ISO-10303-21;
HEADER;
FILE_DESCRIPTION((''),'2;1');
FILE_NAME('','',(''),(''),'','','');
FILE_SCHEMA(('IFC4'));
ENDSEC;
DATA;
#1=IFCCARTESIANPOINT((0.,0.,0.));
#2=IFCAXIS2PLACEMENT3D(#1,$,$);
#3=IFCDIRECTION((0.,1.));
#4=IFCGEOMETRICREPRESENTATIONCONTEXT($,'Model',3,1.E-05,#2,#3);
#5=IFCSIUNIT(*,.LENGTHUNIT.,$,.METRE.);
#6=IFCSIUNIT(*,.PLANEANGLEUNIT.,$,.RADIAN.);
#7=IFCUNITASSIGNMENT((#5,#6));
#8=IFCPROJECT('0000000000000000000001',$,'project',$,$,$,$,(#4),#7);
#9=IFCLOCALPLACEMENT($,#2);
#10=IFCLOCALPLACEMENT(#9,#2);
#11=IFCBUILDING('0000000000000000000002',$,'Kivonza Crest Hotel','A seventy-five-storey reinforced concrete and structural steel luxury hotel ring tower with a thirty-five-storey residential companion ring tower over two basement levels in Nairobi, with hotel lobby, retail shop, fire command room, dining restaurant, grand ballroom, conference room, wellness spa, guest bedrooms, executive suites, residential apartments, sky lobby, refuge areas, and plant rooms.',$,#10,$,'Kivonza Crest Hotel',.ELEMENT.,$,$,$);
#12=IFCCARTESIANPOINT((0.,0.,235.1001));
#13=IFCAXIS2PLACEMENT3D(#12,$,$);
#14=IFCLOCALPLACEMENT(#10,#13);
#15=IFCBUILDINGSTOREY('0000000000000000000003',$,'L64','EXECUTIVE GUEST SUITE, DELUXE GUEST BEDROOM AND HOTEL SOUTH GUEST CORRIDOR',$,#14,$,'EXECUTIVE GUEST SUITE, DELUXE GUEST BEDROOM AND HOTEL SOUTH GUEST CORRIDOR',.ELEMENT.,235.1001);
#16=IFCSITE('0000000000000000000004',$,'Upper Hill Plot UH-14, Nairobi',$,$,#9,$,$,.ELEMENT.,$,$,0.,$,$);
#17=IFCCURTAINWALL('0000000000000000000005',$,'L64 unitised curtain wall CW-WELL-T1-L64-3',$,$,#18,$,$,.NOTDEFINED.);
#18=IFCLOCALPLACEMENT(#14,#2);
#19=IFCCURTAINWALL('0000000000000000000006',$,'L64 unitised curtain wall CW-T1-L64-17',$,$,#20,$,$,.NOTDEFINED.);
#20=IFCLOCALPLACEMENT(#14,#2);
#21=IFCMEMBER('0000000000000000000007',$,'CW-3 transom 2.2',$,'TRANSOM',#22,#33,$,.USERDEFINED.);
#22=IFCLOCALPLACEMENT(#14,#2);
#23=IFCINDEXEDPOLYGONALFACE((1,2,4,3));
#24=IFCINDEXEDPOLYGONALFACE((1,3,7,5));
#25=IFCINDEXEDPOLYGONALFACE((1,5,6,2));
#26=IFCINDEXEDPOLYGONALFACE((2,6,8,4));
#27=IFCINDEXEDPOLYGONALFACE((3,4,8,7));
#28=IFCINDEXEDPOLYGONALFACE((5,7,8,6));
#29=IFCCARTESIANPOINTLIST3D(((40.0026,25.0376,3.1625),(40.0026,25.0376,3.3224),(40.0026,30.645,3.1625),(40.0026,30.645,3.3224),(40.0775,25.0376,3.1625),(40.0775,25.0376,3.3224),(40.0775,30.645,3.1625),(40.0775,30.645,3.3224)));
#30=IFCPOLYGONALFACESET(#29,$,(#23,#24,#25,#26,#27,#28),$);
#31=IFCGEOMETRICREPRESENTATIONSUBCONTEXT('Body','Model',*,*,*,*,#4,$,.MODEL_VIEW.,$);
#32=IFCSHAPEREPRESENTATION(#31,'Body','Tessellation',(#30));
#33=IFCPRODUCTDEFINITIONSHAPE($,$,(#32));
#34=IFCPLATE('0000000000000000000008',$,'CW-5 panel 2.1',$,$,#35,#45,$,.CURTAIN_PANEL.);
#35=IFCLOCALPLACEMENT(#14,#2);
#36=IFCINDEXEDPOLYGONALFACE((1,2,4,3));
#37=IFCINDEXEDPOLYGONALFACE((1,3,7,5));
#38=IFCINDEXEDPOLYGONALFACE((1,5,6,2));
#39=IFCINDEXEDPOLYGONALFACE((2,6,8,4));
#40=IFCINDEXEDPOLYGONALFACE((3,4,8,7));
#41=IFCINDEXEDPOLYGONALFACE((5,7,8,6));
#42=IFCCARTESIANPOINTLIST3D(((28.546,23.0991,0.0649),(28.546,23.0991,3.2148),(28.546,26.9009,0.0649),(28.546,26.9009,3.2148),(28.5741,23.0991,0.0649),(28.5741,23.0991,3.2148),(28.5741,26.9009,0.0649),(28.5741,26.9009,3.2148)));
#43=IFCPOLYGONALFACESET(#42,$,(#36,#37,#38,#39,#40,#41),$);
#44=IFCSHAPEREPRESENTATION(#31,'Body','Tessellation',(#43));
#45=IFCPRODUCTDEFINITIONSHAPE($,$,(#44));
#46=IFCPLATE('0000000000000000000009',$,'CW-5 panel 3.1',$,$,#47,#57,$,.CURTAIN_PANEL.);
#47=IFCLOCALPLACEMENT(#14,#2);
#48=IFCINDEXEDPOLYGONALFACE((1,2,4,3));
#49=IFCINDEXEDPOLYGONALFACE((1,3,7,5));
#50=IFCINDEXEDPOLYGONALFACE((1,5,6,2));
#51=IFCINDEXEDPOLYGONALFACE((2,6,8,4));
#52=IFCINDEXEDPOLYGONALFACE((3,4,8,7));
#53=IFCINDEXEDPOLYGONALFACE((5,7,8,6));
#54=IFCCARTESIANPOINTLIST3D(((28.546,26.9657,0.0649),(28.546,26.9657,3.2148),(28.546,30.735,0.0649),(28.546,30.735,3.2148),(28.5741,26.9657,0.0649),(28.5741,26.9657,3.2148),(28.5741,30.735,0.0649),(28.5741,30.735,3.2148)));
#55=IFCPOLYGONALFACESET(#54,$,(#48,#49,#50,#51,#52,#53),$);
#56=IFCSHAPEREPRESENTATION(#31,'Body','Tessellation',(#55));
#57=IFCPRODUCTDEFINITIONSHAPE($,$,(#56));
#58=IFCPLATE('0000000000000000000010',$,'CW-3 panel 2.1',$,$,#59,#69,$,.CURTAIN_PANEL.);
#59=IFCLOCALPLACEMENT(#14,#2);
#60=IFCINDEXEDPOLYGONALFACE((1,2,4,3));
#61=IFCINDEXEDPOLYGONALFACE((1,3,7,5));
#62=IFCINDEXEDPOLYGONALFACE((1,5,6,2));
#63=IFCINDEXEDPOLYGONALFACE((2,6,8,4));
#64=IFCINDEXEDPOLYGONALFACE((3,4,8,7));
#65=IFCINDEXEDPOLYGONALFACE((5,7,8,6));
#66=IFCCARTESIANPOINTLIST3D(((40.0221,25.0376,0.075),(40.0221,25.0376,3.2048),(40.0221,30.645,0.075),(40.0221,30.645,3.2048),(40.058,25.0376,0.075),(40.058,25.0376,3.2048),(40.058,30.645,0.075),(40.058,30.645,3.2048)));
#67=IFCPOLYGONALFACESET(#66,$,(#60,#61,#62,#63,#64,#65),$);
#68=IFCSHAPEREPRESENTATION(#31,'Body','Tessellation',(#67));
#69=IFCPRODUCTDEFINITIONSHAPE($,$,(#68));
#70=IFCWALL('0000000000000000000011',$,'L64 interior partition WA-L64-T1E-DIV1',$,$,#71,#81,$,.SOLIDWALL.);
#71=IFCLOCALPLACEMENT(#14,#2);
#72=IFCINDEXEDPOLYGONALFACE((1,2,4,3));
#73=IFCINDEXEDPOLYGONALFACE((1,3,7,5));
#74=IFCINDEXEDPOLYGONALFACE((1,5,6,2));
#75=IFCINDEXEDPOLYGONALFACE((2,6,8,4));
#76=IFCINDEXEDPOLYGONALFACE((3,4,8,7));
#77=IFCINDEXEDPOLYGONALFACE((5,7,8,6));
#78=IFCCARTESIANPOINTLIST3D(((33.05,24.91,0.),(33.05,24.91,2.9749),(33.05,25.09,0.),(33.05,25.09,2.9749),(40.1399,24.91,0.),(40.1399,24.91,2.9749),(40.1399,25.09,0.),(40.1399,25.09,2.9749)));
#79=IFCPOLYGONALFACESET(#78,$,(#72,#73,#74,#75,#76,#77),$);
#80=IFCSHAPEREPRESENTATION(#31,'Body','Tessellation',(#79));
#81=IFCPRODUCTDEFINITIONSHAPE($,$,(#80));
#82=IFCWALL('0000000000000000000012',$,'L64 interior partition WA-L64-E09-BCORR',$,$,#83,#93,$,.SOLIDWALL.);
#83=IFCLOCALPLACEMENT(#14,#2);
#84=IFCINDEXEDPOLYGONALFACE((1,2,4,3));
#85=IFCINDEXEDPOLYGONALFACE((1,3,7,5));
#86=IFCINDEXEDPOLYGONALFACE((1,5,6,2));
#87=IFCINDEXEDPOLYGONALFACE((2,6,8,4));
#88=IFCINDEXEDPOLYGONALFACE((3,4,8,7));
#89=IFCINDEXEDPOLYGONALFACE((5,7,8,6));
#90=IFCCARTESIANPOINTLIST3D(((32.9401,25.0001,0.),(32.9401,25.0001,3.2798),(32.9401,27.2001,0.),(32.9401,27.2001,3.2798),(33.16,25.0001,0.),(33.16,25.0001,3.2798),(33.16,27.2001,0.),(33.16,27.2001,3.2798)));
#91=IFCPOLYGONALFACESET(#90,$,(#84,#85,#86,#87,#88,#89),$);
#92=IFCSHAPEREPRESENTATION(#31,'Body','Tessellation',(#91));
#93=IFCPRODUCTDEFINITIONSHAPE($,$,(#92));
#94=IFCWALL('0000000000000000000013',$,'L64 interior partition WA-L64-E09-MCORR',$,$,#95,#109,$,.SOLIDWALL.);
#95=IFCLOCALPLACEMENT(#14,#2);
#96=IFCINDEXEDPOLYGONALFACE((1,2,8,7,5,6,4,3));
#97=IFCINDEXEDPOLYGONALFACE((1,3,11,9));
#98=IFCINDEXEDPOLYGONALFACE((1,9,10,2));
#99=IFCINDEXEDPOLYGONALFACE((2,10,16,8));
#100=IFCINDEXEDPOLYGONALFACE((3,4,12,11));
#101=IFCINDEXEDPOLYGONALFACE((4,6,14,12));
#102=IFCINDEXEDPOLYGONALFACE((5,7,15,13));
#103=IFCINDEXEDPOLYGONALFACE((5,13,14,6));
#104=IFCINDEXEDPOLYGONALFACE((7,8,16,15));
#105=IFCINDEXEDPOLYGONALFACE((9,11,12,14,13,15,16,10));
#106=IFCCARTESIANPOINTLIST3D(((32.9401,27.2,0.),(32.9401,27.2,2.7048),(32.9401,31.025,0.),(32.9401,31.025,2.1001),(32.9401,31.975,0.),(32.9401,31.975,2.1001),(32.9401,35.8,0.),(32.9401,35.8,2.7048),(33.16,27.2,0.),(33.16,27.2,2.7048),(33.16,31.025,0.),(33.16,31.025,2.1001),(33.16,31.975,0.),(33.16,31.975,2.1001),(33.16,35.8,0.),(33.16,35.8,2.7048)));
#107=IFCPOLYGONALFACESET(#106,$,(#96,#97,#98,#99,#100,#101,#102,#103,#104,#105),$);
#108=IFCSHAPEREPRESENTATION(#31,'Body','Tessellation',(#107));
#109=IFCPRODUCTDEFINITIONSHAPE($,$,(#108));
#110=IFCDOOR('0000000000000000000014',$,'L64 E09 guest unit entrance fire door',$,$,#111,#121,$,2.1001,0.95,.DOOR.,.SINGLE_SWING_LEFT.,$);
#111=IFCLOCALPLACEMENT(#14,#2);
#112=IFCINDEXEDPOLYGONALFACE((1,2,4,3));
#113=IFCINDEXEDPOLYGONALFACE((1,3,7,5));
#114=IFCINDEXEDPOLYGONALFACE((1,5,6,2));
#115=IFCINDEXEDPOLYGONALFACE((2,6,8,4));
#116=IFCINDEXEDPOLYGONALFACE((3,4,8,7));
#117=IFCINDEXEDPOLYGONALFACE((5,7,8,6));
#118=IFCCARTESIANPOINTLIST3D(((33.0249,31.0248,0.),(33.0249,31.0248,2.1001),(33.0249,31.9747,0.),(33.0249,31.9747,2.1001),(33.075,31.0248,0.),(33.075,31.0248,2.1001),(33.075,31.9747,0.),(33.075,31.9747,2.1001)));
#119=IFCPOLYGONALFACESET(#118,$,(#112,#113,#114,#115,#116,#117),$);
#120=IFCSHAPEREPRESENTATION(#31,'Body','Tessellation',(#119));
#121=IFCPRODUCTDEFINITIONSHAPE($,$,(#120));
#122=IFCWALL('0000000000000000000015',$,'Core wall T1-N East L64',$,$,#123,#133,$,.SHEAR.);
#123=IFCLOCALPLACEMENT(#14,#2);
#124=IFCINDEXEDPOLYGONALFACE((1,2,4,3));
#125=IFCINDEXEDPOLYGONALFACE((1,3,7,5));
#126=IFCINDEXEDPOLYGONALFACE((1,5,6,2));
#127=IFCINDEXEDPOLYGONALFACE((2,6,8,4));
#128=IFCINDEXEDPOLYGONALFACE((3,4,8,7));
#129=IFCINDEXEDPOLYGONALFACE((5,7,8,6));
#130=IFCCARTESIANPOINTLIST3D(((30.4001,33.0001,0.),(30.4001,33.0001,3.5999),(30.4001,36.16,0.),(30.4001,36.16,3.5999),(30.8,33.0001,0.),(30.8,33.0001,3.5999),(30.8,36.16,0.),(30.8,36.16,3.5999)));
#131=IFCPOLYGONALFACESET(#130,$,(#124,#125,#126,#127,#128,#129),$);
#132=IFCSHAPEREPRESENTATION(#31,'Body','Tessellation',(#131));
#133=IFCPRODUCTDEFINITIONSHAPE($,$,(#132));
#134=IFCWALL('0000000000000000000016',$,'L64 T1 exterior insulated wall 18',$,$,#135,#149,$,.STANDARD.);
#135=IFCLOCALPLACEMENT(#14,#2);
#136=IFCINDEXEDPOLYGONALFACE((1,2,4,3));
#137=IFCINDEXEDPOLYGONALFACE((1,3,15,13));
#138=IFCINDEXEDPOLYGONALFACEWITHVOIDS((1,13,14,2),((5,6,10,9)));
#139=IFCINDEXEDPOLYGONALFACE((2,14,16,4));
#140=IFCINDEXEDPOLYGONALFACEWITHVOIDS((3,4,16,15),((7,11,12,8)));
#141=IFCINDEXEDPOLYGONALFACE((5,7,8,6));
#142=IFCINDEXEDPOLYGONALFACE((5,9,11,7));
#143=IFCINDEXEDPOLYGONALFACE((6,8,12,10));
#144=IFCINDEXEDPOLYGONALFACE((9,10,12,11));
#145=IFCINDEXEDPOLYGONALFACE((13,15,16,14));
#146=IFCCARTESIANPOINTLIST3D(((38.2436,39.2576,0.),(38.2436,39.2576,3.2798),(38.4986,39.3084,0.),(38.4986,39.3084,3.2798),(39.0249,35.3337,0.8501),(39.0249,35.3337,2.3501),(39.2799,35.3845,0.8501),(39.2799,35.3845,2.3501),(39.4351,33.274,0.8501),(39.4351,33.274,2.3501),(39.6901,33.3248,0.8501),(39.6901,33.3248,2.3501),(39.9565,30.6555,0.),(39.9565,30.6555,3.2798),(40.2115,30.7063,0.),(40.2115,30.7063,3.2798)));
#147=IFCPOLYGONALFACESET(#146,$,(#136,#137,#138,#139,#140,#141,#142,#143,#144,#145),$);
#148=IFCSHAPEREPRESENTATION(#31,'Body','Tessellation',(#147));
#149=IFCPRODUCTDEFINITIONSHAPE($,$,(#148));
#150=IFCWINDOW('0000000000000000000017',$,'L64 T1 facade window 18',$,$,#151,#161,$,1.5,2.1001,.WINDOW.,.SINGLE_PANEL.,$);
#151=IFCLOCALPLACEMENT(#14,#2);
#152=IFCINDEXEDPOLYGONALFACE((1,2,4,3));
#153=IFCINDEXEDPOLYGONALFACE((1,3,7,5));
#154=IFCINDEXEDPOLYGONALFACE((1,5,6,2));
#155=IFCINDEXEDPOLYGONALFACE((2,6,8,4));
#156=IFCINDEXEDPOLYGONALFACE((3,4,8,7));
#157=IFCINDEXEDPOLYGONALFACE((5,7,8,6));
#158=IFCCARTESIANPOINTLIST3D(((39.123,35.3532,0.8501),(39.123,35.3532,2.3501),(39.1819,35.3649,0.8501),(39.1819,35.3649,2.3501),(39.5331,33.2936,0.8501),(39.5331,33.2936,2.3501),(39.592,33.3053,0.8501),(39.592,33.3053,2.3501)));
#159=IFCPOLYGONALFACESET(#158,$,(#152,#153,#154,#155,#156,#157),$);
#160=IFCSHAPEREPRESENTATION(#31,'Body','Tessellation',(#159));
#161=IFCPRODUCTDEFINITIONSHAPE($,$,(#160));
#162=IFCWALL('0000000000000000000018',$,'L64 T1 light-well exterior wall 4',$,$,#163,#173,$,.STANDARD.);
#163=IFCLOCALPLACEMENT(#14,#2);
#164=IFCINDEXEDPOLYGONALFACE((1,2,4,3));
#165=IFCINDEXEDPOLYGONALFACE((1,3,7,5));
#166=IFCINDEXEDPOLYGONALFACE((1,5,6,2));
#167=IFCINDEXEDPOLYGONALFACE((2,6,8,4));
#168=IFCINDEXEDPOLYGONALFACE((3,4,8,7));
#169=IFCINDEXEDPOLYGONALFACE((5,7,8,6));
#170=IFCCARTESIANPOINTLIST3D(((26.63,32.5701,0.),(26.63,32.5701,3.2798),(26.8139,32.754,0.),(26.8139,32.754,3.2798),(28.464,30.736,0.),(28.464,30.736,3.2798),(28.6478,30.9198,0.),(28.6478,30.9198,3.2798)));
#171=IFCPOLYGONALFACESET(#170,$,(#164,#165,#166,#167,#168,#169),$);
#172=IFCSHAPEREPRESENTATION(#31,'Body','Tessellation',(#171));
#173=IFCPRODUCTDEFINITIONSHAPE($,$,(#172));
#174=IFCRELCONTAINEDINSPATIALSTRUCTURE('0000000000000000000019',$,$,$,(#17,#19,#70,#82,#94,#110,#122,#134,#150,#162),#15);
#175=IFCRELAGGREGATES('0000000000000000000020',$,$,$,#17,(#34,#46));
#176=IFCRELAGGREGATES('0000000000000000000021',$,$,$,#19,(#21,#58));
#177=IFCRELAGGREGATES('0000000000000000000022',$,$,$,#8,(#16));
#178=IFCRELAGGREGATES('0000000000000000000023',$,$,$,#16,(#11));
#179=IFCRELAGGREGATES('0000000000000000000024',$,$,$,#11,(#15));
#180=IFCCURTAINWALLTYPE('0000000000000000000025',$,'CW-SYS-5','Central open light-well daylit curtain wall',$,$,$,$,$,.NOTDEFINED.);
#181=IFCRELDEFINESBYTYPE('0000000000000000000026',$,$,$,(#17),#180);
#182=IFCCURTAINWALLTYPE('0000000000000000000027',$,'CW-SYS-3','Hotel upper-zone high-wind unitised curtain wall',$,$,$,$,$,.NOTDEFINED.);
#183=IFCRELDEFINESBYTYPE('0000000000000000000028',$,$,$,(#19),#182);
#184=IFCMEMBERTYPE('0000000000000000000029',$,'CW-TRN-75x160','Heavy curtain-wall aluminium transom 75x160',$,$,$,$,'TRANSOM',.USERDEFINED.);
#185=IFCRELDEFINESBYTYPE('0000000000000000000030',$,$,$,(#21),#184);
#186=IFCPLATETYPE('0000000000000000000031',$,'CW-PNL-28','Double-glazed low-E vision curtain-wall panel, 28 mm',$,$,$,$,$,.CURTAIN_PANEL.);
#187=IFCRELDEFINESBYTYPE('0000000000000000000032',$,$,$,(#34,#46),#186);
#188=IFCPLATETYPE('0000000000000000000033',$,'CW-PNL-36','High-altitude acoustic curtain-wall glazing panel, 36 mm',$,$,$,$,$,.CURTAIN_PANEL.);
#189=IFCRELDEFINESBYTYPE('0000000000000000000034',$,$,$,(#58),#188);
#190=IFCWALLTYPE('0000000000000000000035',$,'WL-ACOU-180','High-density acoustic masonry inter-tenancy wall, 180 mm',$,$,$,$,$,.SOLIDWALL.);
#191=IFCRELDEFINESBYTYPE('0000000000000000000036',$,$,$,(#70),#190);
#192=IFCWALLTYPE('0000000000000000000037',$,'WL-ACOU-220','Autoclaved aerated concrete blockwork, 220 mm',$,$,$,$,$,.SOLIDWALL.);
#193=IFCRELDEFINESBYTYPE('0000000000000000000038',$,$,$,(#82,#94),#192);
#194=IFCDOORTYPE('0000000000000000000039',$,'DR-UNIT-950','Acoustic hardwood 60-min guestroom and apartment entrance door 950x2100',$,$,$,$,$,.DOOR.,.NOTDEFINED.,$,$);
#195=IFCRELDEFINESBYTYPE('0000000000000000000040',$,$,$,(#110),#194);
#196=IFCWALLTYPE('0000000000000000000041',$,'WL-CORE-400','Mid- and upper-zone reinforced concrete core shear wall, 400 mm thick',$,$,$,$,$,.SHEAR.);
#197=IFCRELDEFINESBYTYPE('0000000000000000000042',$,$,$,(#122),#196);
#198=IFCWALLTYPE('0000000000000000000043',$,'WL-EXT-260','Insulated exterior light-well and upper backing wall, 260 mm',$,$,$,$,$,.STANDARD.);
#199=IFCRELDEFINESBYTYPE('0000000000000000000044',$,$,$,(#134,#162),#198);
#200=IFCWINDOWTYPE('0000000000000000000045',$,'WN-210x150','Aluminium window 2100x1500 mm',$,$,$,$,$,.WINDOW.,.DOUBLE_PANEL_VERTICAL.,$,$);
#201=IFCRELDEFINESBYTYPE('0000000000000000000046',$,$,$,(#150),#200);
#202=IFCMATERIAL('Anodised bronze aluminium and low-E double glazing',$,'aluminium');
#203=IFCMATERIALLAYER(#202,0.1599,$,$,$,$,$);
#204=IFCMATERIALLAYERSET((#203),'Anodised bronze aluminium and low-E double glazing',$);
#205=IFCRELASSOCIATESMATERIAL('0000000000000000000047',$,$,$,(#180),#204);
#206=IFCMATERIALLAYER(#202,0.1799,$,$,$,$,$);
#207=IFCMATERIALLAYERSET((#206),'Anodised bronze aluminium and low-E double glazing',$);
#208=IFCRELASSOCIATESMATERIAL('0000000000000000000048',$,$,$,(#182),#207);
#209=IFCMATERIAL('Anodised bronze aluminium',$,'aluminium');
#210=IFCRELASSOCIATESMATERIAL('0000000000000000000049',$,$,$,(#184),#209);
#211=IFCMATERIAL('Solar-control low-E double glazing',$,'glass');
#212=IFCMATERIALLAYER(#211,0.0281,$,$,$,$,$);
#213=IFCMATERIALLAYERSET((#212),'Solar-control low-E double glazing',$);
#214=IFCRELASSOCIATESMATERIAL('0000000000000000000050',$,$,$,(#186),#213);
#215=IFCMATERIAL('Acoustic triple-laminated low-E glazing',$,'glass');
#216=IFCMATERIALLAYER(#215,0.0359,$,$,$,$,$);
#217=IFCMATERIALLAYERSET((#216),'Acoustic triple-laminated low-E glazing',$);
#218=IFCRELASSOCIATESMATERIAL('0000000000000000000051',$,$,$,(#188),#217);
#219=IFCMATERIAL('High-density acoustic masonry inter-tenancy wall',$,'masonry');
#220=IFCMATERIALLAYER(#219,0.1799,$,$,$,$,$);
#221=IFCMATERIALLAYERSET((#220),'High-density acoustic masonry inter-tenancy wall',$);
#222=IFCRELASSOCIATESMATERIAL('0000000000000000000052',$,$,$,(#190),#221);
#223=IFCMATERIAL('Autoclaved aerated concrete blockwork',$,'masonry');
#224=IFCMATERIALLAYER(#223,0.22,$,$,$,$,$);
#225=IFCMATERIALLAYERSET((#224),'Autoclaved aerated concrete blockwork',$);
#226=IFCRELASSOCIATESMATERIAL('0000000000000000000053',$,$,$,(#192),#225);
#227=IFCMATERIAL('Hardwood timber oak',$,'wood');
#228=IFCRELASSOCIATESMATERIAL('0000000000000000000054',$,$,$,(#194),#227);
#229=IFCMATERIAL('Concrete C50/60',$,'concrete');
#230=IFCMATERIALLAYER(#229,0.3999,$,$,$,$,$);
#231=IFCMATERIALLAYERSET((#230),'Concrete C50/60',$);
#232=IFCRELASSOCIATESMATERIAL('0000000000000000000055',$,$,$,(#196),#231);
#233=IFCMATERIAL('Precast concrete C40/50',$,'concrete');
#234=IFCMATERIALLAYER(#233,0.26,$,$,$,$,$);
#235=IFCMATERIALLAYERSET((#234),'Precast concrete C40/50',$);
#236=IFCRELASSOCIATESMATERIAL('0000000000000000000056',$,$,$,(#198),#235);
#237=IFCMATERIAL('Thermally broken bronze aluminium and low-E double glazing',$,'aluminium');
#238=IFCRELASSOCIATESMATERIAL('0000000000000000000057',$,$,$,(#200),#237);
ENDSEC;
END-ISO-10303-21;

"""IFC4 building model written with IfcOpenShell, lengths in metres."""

from ifc_helpers import new_model, si_unit, direction, frame, frame_2d, origin, origin_2d, place, context, subcontext, project, spatial, rectangle, extrude, material, layer, layer_set, material_profile, profile_set, type_object, element, fill, aggregate, save


model = new_model("IFC4")

# Units and contexts
model_context = context("Model", 3, precision=1e-05, world=origin(), true_north=direction((0.0, 1.0)))
body_context = subcontext(model_context, "Body", "Model", "MODEL_VIEW")
ifc_project = project(units=[si_unit("LENGTHUNIT", "METRE"), si_unit("PLANEANGLEUNIT", "RADIAN")], contexts=[model_context])

# Site, building, storey
site_placement = place(None, origin())
site = spatial("IfcSite", under=ifc_project, at=site_placement, Name="Upper Hill Plot UH-14, Nairobi", CompositionType="ELEMENT", RefElevation=0.0)
building_placement = place(site_placement, origin())
building = spatial("IfcBuilding", under=site, at=building_placement, Name="Kivonza Crest Hotel", Description="A seventy-five-storey reinforced concrete and structural steel luxury hotel ring tower with a thirty-five-storey residential companion ring tower over two basement levels in Nairobi, with hotel lobby, retail shop, fire command room, dining restaurant, grand ballroom, conference room, wellness spa, guest bedrooms, executive suites, residential apartments, sky lobby, refuge areas, and plant rooms.", LongName="Kivonza Crest Hotel", CompositionType="ELEMENT")
storey_placement = place(building_placement, frame((0.0, 0.0, 235.1001)))
storey = spatial("IfcBuildingStorey", under=building, at=storey_placement, Name="L64", Description="EXECUTIVE GUEST SUITE, DELUXE GUEST BEDROOM AND HOTEL SOUTH GUEST CORRIDOR", LongName="EXECUTIVE GUEST SUITE, DELUXE GUEST BEDROOM AND HOTEL SOUTH GUEST CORRIDOR", CompositionType="ELEMENT", Elevation=235.1001)

# Shared definitions
ifc_material_1 = material(Name="Concrete C50/60", Category="concrete")

# Curtain walls
ifc_material_2 = material(Name="Anodised bronze aluminium and low-E double glazing", Category="aluminium")
ifc_layer_1 = layer(ifc_material_2, 0.1599)
ifc_layer_set_1 = layer_set([ifc_layer_1], Name="Anodised bronze aluminium and low-E double glazing")
curtain_wall_type_1 = type_object("IfcCurtainWallType", Name="CW-SYS-5", Description="Central open light-well daylit curtain wall", PredefinedType="NOTDEFINED", material=ifc_layer_set_1)
curtain_wall_1_placement = place(storey_placement, origin())
curtain_wall_1 = element("IfcCurtainWall", 1, at=curtain_wall_1_placement, inside=storey, type_object=curtain_wall_type_1, Name="L64 unitised curtain wall CW-WELL-T1-L64-3", PredefinedType="NOTDEFINED")
ifc_material_3 = material(Name="Anodised bronze aluminium", Category="aluminium")
ifc_layer_2 = layer(ifc_material_2, 0.1799)
ifc_layer_set_2 = layer_set([ifc_layer_2], Name="Anodised bronze aluminium and low-E double glazing")
curtain_wall_type_2 = type_object("IfcCurtainWallType", Name="CW-SYS-3", Description="Hotel upper-zone high-wind unitised curtain wall", PredefinedType="NOTDEFINED", material=ifc_layer_set_2)
curtain_wall_2_placement = place(storey_placement, origin())
curtain_wall_2 = element("IfcCurtainWall", 2, at=curtain_wall_2_placement, inside=storey, type_object=curtain_wall_type_2, Name="L64 unitised curtain wall CW-T1-L64-17", PredefinedType="NOTDEFINED")

# Member
ifc_material_profile_1 = material_profile(ifc_material_3, rectangle(XDim=0.075, YDim=0.1599, at=origin_2d()), Name="CW-T 75x160")
ifc_profile_set_1 = profile_set([ifc_material_profile_1], Name="Anodised bronze aluminium")
member_type_1 = type_object("IfcMemberType", Name="CW-TRN-75x160", Description="Heavy curtain-wall aluminium transom 75x160", ElementType="TRANSOM", PredefinedType="USERDEFINED", material=ifc_profile_set_1)
member_1_placement = place(storey_placement, frame((40.04, 25.0376, 3.2424), z_axis=(0.0, 1.0, 0.0), x_axis=(-1.0, 0.0, 0.0)))
member_1 = element("IfcMember", 3, at=member_1_placement, type_object=member_type_1, Name="CW-3 transom 2.2", ObjectType="TRANSOM", PredefinedType="USERDEFINED", context=body_context, shape_type="SweptSolid", body=[
    extrude(rectangle(XDim=0.075, YDim=0.1599, at=origin_2d()), origin(), (0.0, 0.0, 1.0), 5.6074),
])

# Plates
ifc_material_4 = material(Name="Solar-control low-E double glazing", Category="glass")
ifc_layer_3 = layer(ifc_material_4, 0.0281)
ifc_layer_set_3 = layer_set([ifc_layer_3], Name="Solar-control low-E double glazing")
plate_type_1 = type_object("IfcPlateType", Name="CW-PNL-28", Description="Double-glazed low-E vision curtain-wall panel, 28 mm", PredefinedType="CURTAIN_PANEL", material=ifc_layer_set_3)
plate_1_placement = place(storey_placement, frame((28.5601, 25.0, 0.0649), z_axis=(0.0, 0.0, 1.0), x_axis=(0.0, 1.0, 0.0)))
plate_1 = element("IfcPlate", 4, at=plate_1_placement, type_object=plate_type_1, Name="CW-5 panel 2.1", PredefinedType="CURTAIN_PANEL", context=body_context, shape_type="SweptSolid", body=[
    extrude(rectangle(XDim=3.8018, YDim=0.0281, at=origin_2d()), origin(), (0.0, 0.0, 1.0), 3.1499),
])
plate_2_placement = place(storey_placement, frame((28.5601, 28.8503, 0.0649), z_axis=(0.0, 0.0, 1.0), x_axis=(0.0, 1.0, 0.0)))
plate_2 = element("IfcPlate", 5, at=plate_2_placement, type_object=plate_type_1, Name="CW-5 panel 3.1", PredefinedType="CURTAIN_PANEL", context=body_context, shape_type="SweptSolid", body=[
    extrude(rectangle(XDim=3.7693, YDim=0.0281, at=origin_2d()), origin(), (0.0, 0.0, 1.0), 3.1499),
])
aggregate(curtain_wall_1, [plate_1, plate_2])
ifc_material_5 = material(Name="Acoustic triple-laminated low-E glazing", Category="glass")
ifc_layer_4 = layer(ifc_material_5, 0.0359)
ifc_layer_set_4 = layer_set([ifc_layer_4], Name="Acoustic triple-laminated low-E glazing")
plate_type_2 = type_object("IfcPlateType", Name="CW-PNL-36", Description="High-altitude acoustic curtain-wall glazing panel, 36 mm", PredefinedType="CURTAIN_PANEL", material=ifc_layer_set_4)
plate_3_placement = place(storey_placement, frame((40.04, 27.8413, 0.075), z_axis=(0.0, 0.0, 1.0), x_axis=(0.0, 1.0, 0.0)))
plate_3 = element("IfcPlate", 6, at=plate_3_placement, type_object=plate_type_2, Name="CW-3 panel 2.1", PredefinedType="CURTAIN_PANEL", context=body_context, shape_type="SweptSolid", body=[
    extrude(rectangle(XDim=5.6074, YDim=0.0359, at=origin_2d()), origin(), (0.0, 0.0, 1.0), 3.1299),
])
aggregate(curtain_wall_2, [member_1, plate_3])

# Walls
ifc_material_6 = material(Name="High-density acoustic masonry inter-tenancy wall", Category="masonry")
ifc_layer_5 = layer(ifc_material_6, 0.1799)
ifc_layer_set_5 = layer_set([ifc_layer_5], Name="High-density acoustic masonry inter-tenancy wall")
wall_type_1 = type_object("IfcWallType", Name="WL-ACOU-180", Description="High-density acoustic masonry inter-tenancy wall, 180 mm", PredefinedType="SOLIDWALL", material=ifc_layer_set_5)
wall_1_placement = place(storey_placement, frame((33.05, 25.0, 0.0), z_axis=(0.0, 0.0, 1.0), x_axis=(1.0, 0.0, 0.0)))
element("IfcWall", 7, at=wall_1_placement, inside=storey, type_object=wall_type_1, Name="L64 interior partition WA-L64-T1E-DIV1", PredefinedType="SOLIDWALL", context=body_context, shape_type="SweptSolid", body=[
    extrude(rectangle(XDim=7.0898, YDim=0.1799, at=frame_2d((3.5449, 0.0))), origin(), (0.0, 0.0, 1.0), 2.9749),
])
ifc_material_7 = material(Name="Autoclaved aerated concrete blockwork", Category="masonry")
ifc_layer_6 = layer(ifc_material_7, 0.22)
ifc_layer_set_6 = layer_set([ifc_layer_6], Name="Autoclaved aerated concrete blockwork")
wall_type_2 = type_object("IfcWallType", Name="WL-ACOU-220", Description="Autoclaved aerated concrete blockwork, 220 mm", PredefinedType="SOLIDWALL", material=ifc_layer_set_6)
wall_2_placement = place(storey_placement, frame((33.05, 25.0, 0.0), z_axis=(0.0, 0.0, 1.0), x_axis=(0.0, 1.0, 0.0)))
element("IfcWall", 8, at=wall_2_placement, inside=storey, type_object=wall_type_2, Name="L64 interior partition WA-L64-E09-BCORR", PredefinedType="SOLIDWALL", context=body_context, shape_type="SweptSolid", body=[
    extrude(rectangle(XDim=2.2, YDim=0.22, at=frame_2d((1.1001, 0.0))), origin(), (0.0, 0.0, 1.0), 3.2798),
])

# Wall, opening, door
wall_3_placement = place(storey_placement, frame((33.05, 27.2, 0.0), z_axis=(0.0, 0.0, 1.0), x_axis=(0.0, 1.0, 0.0)))
wall_3 = element("IfcWall", 9, at=wall_3_placement, inside=storey, type_object=wall_type_2, Name="L64 interior partition WA-L64-E09-MCORR", PredefinedType="SOLIDWALL", context=body_context, shape_type="SweptSolid", body=[
    extrude(rectangle(XDim=8.6001, YDim=0.22, at=frame_2d((4.3, 0.0))), origin(), (0.0, 0.0, 1.0), 2.7048),
])
opening_1_placement = place(wall_3_placement, frame((3.825, 0.0, 0.0)))
opening_1 = element("IfcOpeningElement", 10, at=opening_1_placement, cuts=wall_3, PredefinedType="OPENING", context=body_context, shape_type="SweptSolid", body=[
    extrude(rectangle(XDim=0.95, YDim=2.1001, at=frame_2d((0.4751, 1.05))), frame((0.0, 0.1201, 0.0), z_axis=(0.0, -1.0, 0.0), x_axis=(1.0, 0.0, 0.0)), (0.0, 0.0, 1.0), 0.24),
])
ifc_material_8 = material(Name="Hardwood timber oak", Category="wood")
door_type_1 = type_object("IfcDoorType", Name="DR-UNIT-950", Description="Acoustic hardwood 60-min guestroom and apartment entrance door 950x2100", OperationType="NOTDEFINED", PredefinedType="DOOR", material=ifc_material_8)
door_1_placement = place(opening_1_placement, frame((0.95, 0.0, 0.0), z_axis=(0.0, 0.0, 1.0), x_axis=(-1.0, 0.0, 0.0)))
door_1 = element("IfcDoor", 11, at=door_1_placement, inside=storey, type_object=door_type_1, Name="L64 E09 guest unit entrance fire door", OperationType="SINGLE_SWING_LEFT", OverallHeight=2.1001, OverallWidth=0.95, PredefinedType="DOOR", context=body_context, shape_type="SweptSolid", body=[
    extrude(rectangle(XDim=0.95, YDim=2.1001, at=frame_2d((0.4751, 1.05))), frame((0.0, 0.0249, 0.0), z_axis=(0.0, -1.0, 0.0), x_axis=(1.0, 0.0, 0.0)), (0.0, 0.0, 1.0), 0.05),
])
fill(opening_1, door_1)

# Wall
ifc_layer_7 = layer(ifc_material_1, 0.3999)
ifc_layer_set_7 = layer_set([ifc_layer_7], Name="Concrete C50/60")
wall_type_3 = type_object("IfcWallType", Name="WL-CORE-400", Description="Mid- and upper-zone reinforced concrete core shear wall, 400 mm thick", PredefinedType="SHEAR", material=ifc_layer_set_7)
wall_4_placement = place(storey_placement, frame((30.6001, 33.0, 0.0), z_axis=(0.0, 0.0, 1.0), x_axis=(0.0, 1.0, 0.0)))
element("IfcWall", 12, at=wall_4_placement, inside=storey, type_object=wall_type_3, Name="Core wall T1-N East L64", PredefinedType="SHEAR", context=body_context, shape_type="SweptSolid", body=[
    extrude(rectangle(XDim=3.1599, YDim=0.3999, at=frame_2d((1.5801, 0.0))), origin(), (0.0, 0.0, 1.0), 3.5999),
])

# Wall, opening, window
ifc_material_9 = material(Name="Precast concrete C40/50", Category="concrete")
ifc_layer_8 = layer(ifc_material_9, 0.26)
ifc_layer_set_8 = layer_set([ifc_layer_8], Name="Precast concrete C40/50")
wall_type_4 = type_object("IfcWallType", Name="WL-EXT-260", Description="Insulated exterior light-well and upper backing wall, 260 mm", PredefinedType="STANDARD", material=ifc_layer_set_8)
wall_5_placement = place(storey_placement, frame((40.084, 30.6809, 0.0), z_axis=(0.0, 0.0, 1.0), x_axis=(-0.195292, 0.980745, 0.0)))
wall_5 = element("IfcWall", 13, at=wall_5_placement, inside=storey, type_object=wall_type_4, Name="L64 T1 exterior insulated wall 18", PredefinedType="STANDARD", context=body_context, shape_type="SweptSolid", body=[
    extrude(rectangle(XDim=8.771, YDim=0.26, at=frame_2d((4.3855, 0.0))), origin(), (0.0, 0.0, 1.0), 3.2798),
])
opening_2_placement = place(wall_5_placement, frame((2.6699, 0.0, 0.8501)))
opening_2 = element("IfcOpeningElement", 14, at=opening_2_placement, cuts=wall_5, PredefinedType="OPENING", context=body_context, shape_type="SweptSolid", body=[
    extrude(rectangle(XDim=2.1001, YDim=1.5, at=frame_2d((1.05, 0.75))), frame((0.0, 0.1401, 0.0), z_axis=(0.0, -1.0, 0.0), x_axis=(1.0, 0.0, 0.0)), (0.0, 0.0, 1.0), 0.28),
])
ifc_material_10 = material(Name="Thermally broken bronze aluminium and low-E double glazing", Category="aluminium")
window_type = type_object("IfcWindowType", Name="WN-210x150", Description="Aluminium window 2100x1500 mm", PartitioningType="DOUBLE_PANEL_VERTICAL", PredefinedType="WINDOW", material=ifc_material_10)
window_placement = place(opening_2_placement, origin())
window = element("IfcWindow", 15, at=window_placement, inside=storey, type_object=window_type, Name="L64 T1 facade window 18", OverallHeight=1.5, OverallWidth=2.1001, PartitioningType="SINGLE_PANEL", PredefinedType="WINDOW", context=body_context, shape_type="SweptSolid", body=[
    extrude(rectangle(XDim=2.1001, YDim=1.5, at=frame_2d((1.05, 0.75))), frame((0.0, 0.03, 0.0), z_axis=(0.0, -1.0, 0.0), x_axis=(1.0, 0.0, 0.0)), (0.0, 0.0, 1.0), 0.0601),
])
fill(opening_2, window)

# Wall
wall_6_placement = place(storey_placement, frame((28.5559, 30.8279, 0.0), z_axis=(0.0, 0.0, 1.0), x_axis=(-0.70706, 0.707154, 0.0)))
element("IfcWall", 16, at=wall_6_placement, inside=storey, type_object=wall_type_4, Name="L64 T1 light-well exterior wall 4", PredefinedType="STANDARD", context=body_context, shape_type="SweptSolid", body=[
    extrude(rectangle(XDim=2.5938, YDim=0.26, at=frame_2d((1.2969, 0.0))), origin(), (0.0, 0.0, 1.0), 3.2798),
])

save(model, "model.ifc")
